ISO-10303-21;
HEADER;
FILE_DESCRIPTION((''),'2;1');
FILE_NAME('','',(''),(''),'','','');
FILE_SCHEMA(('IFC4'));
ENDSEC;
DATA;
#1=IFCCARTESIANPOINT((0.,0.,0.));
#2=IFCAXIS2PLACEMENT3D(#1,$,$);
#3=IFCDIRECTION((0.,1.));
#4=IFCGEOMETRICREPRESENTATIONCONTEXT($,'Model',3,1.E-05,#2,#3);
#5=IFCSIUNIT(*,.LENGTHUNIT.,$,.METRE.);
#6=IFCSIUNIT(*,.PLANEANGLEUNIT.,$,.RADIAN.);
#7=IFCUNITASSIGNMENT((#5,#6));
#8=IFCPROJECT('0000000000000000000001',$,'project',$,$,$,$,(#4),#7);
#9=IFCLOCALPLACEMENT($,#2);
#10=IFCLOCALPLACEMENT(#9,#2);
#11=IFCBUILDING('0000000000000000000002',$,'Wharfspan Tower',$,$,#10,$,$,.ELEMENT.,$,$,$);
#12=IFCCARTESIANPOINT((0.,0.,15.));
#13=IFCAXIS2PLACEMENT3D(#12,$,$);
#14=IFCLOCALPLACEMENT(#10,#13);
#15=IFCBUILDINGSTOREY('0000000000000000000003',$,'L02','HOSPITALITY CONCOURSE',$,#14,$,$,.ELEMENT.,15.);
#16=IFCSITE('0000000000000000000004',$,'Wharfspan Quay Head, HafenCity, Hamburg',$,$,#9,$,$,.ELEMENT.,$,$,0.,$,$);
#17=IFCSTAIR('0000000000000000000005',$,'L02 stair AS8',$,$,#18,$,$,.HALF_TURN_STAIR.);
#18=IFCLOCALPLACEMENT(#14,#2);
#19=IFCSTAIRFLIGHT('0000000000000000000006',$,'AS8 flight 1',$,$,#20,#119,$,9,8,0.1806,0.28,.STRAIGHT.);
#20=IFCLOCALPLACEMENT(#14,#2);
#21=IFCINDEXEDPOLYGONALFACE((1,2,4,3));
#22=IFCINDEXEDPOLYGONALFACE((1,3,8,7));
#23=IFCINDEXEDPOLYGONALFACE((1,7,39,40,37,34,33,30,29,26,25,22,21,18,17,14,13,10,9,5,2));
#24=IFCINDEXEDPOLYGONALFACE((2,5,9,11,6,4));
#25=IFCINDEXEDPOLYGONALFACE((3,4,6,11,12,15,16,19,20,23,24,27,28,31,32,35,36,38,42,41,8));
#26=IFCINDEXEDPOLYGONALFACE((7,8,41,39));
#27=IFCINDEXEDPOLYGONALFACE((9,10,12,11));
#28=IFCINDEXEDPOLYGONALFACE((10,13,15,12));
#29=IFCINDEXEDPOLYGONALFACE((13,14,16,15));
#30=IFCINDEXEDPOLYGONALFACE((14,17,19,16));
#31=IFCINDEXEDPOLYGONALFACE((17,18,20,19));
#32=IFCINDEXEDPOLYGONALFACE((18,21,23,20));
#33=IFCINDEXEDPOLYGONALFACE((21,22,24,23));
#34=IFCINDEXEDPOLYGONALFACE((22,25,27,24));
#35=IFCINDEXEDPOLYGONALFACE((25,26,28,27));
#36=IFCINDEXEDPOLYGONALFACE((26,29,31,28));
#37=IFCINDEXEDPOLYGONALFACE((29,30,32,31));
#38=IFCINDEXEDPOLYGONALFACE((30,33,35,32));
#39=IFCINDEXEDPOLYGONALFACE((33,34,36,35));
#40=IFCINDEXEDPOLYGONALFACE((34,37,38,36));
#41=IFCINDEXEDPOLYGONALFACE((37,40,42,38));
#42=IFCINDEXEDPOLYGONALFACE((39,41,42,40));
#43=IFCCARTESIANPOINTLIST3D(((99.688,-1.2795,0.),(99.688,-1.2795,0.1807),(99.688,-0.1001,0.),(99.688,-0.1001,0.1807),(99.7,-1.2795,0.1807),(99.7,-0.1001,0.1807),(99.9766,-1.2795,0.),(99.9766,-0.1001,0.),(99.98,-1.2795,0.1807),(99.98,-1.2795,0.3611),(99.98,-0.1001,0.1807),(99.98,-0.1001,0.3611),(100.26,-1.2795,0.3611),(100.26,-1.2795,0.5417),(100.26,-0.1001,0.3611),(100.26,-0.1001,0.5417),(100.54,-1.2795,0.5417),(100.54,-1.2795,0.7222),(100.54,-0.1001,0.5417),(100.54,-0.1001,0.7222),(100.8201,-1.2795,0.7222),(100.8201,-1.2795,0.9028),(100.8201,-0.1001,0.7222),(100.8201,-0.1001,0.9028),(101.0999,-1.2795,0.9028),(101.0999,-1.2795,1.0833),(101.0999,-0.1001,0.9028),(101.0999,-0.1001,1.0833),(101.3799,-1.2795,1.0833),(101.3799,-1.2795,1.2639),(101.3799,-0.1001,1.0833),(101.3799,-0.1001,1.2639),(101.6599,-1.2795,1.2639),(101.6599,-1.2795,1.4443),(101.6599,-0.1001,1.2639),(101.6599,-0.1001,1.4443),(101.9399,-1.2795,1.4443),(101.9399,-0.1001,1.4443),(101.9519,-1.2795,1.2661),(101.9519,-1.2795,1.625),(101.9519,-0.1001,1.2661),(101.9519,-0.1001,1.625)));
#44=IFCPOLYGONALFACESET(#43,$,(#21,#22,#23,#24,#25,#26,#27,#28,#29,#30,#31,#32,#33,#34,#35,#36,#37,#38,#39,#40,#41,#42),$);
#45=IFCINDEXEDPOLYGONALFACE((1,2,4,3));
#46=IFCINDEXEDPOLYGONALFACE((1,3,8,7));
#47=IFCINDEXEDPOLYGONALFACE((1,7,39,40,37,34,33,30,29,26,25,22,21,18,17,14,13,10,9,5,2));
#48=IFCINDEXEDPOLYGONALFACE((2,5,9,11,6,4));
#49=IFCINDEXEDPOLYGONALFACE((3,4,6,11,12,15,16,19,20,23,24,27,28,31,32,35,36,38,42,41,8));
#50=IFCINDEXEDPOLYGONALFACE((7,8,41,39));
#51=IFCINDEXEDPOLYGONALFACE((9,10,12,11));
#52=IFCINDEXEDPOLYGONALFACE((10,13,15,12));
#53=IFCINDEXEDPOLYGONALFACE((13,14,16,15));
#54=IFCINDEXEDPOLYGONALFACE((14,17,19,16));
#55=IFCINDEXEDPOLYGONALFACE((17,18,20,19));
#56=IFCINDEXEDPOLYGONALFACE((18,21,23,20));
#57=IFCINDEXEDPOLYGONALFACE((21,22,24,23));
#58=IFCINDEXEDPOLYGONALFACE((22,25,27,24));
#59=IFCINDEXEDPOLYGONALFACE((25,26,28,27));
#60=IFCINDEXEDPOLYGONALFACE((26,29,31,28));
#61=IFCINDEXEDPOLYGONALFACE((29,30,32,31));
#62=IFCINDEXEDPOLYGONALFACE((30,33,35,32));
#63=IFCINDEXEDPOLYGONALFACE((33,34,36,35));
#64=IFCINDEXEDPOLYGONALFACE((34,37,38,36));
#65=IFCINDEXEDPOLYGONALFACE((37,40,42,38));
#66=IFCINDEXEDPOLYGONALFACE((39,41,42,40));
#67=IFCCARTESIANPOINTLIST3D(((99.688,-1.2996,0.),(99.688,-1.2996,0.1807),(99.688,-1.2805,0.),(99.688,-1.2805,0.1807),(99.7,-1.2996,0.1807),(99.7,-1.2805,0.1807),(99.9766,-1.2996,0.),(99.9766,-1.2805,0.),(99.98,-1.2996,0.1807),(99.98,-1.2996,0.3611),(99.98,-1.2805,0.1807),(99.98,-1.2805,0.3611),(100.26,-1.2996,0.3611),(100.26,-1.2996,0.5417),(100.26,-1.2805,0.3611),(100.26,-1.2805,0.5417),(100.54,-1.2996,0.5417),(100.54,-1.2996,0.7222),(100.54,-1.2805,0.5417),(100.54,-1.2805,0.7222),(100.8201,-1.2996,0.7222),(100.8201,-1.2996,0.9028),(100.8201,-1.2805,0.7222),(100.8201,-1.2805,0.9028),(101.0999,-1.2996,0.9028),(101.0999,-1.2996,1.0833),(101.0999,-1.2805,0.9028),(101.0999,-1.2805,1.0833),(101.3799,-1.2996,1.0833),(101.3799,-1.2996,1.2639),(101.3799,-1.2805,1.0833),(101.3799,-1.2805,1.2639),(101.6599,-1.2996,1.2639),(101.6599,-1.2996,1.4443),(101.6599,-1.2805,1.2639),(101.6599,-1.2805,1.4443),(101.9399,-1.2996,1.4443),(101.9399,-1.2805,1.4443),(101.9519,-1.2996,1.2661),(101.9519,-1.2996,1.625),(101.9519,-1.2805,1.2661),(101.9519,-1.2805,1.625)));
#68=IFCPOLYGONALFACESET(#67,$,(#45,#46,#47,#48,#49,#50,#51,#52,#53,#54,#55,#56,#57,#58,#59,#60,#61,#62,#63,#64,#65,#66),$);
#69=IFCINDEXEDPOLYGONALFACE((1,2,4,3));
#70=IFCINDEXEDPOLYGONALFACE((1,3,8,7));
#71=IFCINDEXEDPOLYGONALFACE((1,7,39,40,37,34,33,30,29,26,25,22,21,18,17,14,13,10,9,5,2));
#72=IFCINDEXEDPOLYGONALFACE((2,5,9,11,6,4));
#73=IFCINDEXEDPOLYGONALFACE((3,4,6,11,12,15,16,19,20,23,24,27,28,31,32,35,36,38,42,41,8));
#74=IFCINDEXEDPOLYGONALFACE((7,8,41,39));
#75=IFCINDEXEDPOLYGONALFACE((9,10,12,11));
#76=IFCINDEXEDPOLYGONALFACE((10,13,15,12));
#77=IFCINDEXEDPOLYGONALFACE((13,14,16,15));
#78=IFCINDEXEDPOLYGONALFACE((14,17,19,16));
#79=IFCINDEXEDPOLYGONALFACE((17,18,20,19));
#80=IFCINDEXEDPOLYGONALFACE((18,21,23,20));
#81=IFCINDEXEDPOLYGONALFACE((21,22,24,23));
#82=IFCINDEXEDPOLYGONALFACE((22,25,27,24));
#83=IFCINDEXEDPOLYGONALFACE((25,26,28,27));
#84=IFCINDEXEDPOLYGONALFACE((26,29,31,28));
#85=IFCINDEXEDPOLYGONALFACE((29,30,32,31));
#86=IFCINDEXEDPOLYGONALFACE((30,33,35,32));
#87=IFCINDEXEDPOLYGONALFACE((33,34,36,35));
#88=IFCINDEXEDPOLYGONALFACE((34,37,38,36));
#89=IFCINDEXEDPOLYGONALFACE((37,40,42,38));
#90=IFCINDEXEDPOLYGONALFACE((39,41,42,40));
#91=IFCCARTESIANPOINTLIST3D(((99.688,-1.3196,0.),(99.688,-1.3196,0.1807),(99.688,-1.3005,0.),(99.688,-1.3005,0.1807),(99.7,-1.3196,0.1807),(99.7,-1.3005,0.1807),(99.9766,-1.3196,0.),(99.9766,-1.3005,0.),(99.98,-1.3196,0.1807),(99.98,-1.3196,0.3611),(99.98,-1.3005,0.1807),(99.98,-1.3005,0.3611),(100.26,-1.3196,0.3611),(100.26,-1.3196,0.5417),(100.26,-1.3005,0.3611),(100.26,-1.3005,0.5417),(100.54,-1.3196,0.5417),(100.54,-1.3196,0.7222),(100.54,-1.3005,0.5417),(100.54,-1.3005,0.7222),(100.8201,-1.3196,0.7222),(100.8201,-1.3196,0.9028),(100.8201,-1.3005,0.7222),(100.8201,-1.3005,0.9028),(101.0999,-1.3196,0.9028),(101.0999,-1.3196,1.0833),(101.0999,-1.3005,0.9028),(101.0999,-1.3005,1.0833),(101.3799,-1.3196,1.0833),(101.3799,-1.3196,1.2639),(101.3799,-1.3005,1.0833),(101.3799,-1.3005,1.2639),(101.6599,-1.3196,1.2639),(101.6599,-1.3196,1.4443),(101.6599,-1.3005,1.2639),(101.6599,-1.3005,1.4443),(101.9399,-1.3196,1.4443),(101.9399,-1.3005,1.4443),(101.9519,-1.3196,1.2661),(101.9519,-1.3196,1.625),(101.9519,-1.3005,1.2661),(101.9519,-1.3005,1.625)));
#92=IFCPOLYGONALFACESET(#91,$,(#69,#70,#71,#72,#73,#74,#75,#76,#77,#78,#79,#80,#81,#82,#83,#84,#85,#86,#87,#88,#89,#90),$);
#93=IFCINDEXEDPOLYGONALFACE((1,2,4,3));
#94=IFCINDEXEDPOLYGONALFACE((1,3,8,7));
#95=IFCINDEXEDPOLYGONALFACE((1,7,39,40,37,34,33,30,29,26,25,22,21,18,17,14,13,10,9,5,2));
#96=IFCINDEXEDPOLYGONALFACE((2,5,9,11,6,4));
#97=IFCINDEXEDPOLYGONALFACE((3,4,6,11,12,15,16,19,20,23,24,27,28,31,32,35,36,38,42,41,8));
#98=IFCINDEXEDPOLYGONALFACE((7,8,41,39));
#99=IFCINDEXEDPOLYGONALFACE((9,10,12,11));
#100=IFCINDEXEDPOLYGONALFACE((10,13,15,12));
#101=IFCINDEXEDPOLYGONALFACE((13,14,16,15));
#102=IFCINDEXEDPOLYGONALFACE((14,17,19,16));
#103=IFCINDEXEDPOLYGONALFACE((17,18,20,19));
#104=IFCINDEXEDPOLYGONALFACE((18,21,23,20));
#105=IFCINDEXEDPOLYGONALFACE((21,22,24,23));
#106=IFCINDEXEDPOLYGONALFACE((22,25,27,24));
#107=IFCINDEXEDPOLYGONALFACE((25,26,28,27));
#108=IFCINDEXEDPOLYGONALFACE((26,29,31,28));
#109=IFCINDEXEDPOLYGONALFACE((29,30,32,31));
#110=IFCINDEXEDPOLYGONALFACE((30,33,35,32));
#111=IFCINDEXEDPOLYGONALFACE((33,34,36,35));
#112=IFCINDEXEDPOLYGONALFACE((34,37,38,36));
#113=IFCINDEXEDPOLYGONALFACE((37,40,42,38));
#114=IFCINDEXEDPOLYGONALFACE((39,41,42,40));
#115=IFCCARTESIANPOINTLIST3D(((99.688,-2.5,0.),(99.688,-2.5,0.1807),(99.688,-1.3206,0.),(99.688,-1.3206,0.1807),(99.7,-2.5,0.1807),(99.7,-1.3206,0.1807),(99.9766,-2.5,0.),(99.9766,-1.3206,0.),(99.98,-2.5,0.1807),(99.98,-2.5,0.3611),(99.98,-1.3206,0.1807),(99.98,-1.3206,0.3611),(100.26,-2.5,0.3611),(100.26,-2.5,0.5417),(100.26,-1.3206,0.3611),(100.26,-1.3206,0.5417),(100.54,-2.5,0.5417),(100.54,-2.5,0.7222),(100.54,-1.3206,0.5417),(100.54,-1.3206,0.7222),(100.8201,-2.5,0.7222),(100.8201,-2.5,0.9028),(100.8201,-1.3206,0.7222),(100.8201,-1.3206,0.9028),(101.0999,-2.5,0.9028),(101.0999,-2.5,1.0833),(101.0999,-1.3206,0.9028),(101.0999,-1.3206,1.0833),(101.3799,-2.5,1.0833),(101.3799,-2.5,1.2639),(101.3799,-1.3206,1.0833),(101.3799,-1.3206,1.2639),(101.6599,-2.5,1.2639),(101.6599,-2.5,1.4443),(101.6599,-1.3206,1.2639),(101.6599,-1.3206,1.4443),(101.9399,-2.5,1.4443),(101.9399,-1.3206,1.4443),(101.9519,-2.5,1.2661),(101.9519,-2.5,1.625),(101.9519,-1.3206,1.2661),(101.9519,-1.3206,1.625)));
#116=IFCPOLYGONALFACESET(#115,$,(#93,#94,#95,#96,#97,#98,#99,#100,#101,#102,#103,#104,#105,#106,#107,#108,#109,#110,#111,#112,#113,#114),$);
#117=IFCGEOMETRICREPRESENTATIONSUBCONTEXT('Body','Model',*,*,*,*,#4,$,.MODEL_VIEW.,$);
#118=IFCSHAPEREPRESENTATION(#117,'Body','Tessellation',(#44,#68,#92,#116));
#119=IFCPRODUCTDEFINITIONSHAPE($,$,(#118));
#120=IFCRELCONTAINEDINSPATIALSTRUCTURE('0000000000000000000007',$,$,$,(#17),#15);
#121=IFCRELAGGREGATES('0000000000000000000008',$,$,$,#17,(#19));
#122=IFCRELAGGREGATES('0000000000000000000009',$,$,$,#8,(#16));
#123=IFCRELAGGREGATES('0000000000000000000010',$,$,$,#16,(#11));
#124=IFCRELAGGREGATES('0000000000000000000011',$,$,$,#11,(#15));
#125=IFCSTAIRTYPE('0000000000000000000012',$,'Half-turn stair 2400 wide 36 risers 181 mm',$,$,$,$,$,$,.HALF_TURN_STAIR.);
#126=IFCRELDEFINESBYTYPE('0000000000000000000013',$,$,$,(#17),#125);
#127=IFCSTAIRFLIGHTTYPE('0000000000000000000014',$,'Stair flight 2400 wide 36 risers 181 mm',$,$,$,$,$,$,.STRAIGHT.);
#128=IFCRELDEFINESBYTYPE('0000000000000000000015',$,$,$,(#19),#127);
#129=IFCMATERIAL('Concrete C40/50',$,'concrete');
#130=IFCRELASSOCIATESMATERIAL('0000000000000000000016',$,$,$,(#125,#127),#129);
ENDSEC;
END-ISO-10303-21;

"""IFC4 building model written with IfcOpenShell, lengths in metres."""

from ifc_helpers import new_model, si_unit, direction, frame, origin, place, context, subcontext, project, spatial, polyline, outline, extrude, material, type_object, element, aggregate, save


model = new_model("IFC4")

# Units and contexts
model_context = context("Model", 3, precision=1e-05, world=origin(), true_north=direction((0.0, 1.0)))
body_context = subcontext(model_context, "Body", "Model", "MODEL_VIEW")
ifc_project = project(units=[si_unit("LENGTHUNIT", "METRE"), si_unit("PLANEANGLEUNIT", "RADIAN")], contexts=[model_context])

# Site, building, storey
site_placement = place(None, origin())
site = spatial("IfcSite", under=ifc_project, at=site_placement, Name="Wharfspan Quay Head, HafenCity, Hamburg", CompositionType="ELEMENT", RefElevation=0.0)
building_placement = place(site_placement, origin())
building = spatial("IfcBuilding", under=site, at=building_placement, Name="Wharfspan Tower", CompositionType="ELEMENT")
storey_placement = place(building_placement, frame((0.0, 0.0, 15.0)))
storey = spatial("IfcBuildingStorey", under=building, at=storey_placement, Name="L02", Description="HOSPITALITY CONCOURSE", CompositionType="ELEMENT", Elevation=15.0)

# Shared definitions
ifc_material_1 = material(Name="Concrete C40/50", Category="concrete")

# Stair, stair flight
stair_type = type_object("IfcStairType", Name="Half-turn stair 2400 wide 36 risers 181 mm", PredefinedType="HALF_TURN_STAIR", material=ifc_material_1)
stair_placement = place(storey_placement, origin())
stair = element("IfcStair", 1, at=stair_placement, inside=storey, type_object=stair_type, Name="L02 stair AS8", PredefinedType="HALF_TURN_STAIR")
stair_flight_type = type_object("IfcStairFlightType", Name="Stair flight 2400 wide 36 risers 181 mm", PredefinedType="STRAIGHT", material=ifc_material_1)
stair_flight_1_placement = place(storey_placement, frame((99.7, -1.3, 0.0), z_axis=(0.0, 0.0, 1.0), x_axis=(1.0, 0.0, 0.0)))
stair_flight_1 = element("IfcStairFlight", 2, at=stair_flight_1_placement, type_object=stair_flight_type, Name="AS8 flight 1", NumberOfRisers=9, NumberOfTreads=8, PredefinedType="STRAIGHT", RiserHeight=0.1806, TreadLength=0.28, context=body_context, shape_type="SweptSolid", body=[
    extrude(outline(polyline([(-0.012, 0.0), (-0.012, 0.1807), (0.0, 0.1807), (0.28, 0.1807), (0.28, 0.3611), (0.5601, 0.3611), (0.5601, 0.5417), (0.8401, 0.5417), (0.8401, 0.7222), (1.1201, 0.7222), (1.1201, 0.9028), (1.3999, 0.9028), (1.3999, 1.0833), (1.6799, 1.0833), (1.6799, 1.2639), (1.96, 1.2639), (1.96, 1.4443), (2.24, 1.4443), (2.252, 1.625), (2.252, 1.2661), (0.2766, 0.0), (-0.012, 0.0)])), frame((0.0, 1.2, 0.0), z_axis=(0.0, -1.0, 0.0), x_axis=(1.0, 0.0, 0.0)), (0.0, 0.0, 1.0), 1.1794),
    extrude(outline(polyline([(-0.012, 0.0), (-0.012, 0.1807), (0.0, 0.1807), (0.28, 0.1807), (0.28, 0.3611), (0.5601, 0.3611), (0.5601, 0.5417), (0.8401, 0.5417), (0.8401, 0.7222), (1.1201, 0.7222), (1.1201, 0.9028), (1.3999, 0.9028), (1.3999, 1.0833), (1.6799, 1.0833), (1.6799, 1.2639), (1.96, 1.2639), (1.96, 1.4443), (2.24, 1.4443), (2.252, 1.625), (2.252, 1.2661), (0.2766, 0.0), (-0.012, 0.0)])), frame((0.0, 0.0195, 0.0), z_axis=(0.0, -1.0, 0.0), x_axis=(1.0, 0.0, 0.0)), (0.0, 0.0, 1.0), 0.019),
    extrude(outline(polyline([(-0.012, 0.0), (-0.012, 0.1807), (0.0, 0.1807), (0.28, 0.1807), (0.28, 0.3611), (0.5601, 0.3611), (0.5601, 0.5417), (0.8401, 0.5417), (0.8401, 0.7222), (1.1201, 0.7222), (1.1201, 0.9028), (1.3999, 0.9028), (1.3999, 1.0833), (1.6799, 1.0833), (1.6799, 1.2639), (1.96, 1.2639), (1.96, 1.4443), (2.24, 1.4443), (2.252, 1.625), (2.252, 1.2661), (0.2766, 0.0), (-0.012, 0.0)])), frame((0.0, -0.0005, 0.0), z_axis=(0.0, -1.0, 0.0), x_axis=(1.0, 0.0, 0.0)), (0.0, 0.0, 1.0), 0.019),
    extrude(outline(polyline([(-0.012, 0.0), (-0.012, 0.1807), (0.0, 0.1807), (0.28, 0.1807), (0.28, 0.3611), (0.5601, 0.3611), (0.5601, 0.5417), (0.8401, 0.5417), (0.8401, 0.7222), (1.1201, 0.7222), (1.1201, 0.9028), (1.3999, 0.9028), (1.3999, 1.0833), (1.6799, 1.0833), (1.6799, 1.2639), (1.96, 1.2639), (1.96, 1.4443), (2.24, 1.4443), (2.252, 1.625), (2.252, 1.2661), (0.2766, 0.0), (-0.012, 0.0)])), frame((0.0, -0.0205, 0.0), z_axis=(0.0, -1.0, 0.0), x_axis=(1.0, 0.0, 0.0)), (0.0, 0.0, 1.0), 1.1794),
])
aggregate(stair, [stair_flight_1])

save(model, "model.ifc")
